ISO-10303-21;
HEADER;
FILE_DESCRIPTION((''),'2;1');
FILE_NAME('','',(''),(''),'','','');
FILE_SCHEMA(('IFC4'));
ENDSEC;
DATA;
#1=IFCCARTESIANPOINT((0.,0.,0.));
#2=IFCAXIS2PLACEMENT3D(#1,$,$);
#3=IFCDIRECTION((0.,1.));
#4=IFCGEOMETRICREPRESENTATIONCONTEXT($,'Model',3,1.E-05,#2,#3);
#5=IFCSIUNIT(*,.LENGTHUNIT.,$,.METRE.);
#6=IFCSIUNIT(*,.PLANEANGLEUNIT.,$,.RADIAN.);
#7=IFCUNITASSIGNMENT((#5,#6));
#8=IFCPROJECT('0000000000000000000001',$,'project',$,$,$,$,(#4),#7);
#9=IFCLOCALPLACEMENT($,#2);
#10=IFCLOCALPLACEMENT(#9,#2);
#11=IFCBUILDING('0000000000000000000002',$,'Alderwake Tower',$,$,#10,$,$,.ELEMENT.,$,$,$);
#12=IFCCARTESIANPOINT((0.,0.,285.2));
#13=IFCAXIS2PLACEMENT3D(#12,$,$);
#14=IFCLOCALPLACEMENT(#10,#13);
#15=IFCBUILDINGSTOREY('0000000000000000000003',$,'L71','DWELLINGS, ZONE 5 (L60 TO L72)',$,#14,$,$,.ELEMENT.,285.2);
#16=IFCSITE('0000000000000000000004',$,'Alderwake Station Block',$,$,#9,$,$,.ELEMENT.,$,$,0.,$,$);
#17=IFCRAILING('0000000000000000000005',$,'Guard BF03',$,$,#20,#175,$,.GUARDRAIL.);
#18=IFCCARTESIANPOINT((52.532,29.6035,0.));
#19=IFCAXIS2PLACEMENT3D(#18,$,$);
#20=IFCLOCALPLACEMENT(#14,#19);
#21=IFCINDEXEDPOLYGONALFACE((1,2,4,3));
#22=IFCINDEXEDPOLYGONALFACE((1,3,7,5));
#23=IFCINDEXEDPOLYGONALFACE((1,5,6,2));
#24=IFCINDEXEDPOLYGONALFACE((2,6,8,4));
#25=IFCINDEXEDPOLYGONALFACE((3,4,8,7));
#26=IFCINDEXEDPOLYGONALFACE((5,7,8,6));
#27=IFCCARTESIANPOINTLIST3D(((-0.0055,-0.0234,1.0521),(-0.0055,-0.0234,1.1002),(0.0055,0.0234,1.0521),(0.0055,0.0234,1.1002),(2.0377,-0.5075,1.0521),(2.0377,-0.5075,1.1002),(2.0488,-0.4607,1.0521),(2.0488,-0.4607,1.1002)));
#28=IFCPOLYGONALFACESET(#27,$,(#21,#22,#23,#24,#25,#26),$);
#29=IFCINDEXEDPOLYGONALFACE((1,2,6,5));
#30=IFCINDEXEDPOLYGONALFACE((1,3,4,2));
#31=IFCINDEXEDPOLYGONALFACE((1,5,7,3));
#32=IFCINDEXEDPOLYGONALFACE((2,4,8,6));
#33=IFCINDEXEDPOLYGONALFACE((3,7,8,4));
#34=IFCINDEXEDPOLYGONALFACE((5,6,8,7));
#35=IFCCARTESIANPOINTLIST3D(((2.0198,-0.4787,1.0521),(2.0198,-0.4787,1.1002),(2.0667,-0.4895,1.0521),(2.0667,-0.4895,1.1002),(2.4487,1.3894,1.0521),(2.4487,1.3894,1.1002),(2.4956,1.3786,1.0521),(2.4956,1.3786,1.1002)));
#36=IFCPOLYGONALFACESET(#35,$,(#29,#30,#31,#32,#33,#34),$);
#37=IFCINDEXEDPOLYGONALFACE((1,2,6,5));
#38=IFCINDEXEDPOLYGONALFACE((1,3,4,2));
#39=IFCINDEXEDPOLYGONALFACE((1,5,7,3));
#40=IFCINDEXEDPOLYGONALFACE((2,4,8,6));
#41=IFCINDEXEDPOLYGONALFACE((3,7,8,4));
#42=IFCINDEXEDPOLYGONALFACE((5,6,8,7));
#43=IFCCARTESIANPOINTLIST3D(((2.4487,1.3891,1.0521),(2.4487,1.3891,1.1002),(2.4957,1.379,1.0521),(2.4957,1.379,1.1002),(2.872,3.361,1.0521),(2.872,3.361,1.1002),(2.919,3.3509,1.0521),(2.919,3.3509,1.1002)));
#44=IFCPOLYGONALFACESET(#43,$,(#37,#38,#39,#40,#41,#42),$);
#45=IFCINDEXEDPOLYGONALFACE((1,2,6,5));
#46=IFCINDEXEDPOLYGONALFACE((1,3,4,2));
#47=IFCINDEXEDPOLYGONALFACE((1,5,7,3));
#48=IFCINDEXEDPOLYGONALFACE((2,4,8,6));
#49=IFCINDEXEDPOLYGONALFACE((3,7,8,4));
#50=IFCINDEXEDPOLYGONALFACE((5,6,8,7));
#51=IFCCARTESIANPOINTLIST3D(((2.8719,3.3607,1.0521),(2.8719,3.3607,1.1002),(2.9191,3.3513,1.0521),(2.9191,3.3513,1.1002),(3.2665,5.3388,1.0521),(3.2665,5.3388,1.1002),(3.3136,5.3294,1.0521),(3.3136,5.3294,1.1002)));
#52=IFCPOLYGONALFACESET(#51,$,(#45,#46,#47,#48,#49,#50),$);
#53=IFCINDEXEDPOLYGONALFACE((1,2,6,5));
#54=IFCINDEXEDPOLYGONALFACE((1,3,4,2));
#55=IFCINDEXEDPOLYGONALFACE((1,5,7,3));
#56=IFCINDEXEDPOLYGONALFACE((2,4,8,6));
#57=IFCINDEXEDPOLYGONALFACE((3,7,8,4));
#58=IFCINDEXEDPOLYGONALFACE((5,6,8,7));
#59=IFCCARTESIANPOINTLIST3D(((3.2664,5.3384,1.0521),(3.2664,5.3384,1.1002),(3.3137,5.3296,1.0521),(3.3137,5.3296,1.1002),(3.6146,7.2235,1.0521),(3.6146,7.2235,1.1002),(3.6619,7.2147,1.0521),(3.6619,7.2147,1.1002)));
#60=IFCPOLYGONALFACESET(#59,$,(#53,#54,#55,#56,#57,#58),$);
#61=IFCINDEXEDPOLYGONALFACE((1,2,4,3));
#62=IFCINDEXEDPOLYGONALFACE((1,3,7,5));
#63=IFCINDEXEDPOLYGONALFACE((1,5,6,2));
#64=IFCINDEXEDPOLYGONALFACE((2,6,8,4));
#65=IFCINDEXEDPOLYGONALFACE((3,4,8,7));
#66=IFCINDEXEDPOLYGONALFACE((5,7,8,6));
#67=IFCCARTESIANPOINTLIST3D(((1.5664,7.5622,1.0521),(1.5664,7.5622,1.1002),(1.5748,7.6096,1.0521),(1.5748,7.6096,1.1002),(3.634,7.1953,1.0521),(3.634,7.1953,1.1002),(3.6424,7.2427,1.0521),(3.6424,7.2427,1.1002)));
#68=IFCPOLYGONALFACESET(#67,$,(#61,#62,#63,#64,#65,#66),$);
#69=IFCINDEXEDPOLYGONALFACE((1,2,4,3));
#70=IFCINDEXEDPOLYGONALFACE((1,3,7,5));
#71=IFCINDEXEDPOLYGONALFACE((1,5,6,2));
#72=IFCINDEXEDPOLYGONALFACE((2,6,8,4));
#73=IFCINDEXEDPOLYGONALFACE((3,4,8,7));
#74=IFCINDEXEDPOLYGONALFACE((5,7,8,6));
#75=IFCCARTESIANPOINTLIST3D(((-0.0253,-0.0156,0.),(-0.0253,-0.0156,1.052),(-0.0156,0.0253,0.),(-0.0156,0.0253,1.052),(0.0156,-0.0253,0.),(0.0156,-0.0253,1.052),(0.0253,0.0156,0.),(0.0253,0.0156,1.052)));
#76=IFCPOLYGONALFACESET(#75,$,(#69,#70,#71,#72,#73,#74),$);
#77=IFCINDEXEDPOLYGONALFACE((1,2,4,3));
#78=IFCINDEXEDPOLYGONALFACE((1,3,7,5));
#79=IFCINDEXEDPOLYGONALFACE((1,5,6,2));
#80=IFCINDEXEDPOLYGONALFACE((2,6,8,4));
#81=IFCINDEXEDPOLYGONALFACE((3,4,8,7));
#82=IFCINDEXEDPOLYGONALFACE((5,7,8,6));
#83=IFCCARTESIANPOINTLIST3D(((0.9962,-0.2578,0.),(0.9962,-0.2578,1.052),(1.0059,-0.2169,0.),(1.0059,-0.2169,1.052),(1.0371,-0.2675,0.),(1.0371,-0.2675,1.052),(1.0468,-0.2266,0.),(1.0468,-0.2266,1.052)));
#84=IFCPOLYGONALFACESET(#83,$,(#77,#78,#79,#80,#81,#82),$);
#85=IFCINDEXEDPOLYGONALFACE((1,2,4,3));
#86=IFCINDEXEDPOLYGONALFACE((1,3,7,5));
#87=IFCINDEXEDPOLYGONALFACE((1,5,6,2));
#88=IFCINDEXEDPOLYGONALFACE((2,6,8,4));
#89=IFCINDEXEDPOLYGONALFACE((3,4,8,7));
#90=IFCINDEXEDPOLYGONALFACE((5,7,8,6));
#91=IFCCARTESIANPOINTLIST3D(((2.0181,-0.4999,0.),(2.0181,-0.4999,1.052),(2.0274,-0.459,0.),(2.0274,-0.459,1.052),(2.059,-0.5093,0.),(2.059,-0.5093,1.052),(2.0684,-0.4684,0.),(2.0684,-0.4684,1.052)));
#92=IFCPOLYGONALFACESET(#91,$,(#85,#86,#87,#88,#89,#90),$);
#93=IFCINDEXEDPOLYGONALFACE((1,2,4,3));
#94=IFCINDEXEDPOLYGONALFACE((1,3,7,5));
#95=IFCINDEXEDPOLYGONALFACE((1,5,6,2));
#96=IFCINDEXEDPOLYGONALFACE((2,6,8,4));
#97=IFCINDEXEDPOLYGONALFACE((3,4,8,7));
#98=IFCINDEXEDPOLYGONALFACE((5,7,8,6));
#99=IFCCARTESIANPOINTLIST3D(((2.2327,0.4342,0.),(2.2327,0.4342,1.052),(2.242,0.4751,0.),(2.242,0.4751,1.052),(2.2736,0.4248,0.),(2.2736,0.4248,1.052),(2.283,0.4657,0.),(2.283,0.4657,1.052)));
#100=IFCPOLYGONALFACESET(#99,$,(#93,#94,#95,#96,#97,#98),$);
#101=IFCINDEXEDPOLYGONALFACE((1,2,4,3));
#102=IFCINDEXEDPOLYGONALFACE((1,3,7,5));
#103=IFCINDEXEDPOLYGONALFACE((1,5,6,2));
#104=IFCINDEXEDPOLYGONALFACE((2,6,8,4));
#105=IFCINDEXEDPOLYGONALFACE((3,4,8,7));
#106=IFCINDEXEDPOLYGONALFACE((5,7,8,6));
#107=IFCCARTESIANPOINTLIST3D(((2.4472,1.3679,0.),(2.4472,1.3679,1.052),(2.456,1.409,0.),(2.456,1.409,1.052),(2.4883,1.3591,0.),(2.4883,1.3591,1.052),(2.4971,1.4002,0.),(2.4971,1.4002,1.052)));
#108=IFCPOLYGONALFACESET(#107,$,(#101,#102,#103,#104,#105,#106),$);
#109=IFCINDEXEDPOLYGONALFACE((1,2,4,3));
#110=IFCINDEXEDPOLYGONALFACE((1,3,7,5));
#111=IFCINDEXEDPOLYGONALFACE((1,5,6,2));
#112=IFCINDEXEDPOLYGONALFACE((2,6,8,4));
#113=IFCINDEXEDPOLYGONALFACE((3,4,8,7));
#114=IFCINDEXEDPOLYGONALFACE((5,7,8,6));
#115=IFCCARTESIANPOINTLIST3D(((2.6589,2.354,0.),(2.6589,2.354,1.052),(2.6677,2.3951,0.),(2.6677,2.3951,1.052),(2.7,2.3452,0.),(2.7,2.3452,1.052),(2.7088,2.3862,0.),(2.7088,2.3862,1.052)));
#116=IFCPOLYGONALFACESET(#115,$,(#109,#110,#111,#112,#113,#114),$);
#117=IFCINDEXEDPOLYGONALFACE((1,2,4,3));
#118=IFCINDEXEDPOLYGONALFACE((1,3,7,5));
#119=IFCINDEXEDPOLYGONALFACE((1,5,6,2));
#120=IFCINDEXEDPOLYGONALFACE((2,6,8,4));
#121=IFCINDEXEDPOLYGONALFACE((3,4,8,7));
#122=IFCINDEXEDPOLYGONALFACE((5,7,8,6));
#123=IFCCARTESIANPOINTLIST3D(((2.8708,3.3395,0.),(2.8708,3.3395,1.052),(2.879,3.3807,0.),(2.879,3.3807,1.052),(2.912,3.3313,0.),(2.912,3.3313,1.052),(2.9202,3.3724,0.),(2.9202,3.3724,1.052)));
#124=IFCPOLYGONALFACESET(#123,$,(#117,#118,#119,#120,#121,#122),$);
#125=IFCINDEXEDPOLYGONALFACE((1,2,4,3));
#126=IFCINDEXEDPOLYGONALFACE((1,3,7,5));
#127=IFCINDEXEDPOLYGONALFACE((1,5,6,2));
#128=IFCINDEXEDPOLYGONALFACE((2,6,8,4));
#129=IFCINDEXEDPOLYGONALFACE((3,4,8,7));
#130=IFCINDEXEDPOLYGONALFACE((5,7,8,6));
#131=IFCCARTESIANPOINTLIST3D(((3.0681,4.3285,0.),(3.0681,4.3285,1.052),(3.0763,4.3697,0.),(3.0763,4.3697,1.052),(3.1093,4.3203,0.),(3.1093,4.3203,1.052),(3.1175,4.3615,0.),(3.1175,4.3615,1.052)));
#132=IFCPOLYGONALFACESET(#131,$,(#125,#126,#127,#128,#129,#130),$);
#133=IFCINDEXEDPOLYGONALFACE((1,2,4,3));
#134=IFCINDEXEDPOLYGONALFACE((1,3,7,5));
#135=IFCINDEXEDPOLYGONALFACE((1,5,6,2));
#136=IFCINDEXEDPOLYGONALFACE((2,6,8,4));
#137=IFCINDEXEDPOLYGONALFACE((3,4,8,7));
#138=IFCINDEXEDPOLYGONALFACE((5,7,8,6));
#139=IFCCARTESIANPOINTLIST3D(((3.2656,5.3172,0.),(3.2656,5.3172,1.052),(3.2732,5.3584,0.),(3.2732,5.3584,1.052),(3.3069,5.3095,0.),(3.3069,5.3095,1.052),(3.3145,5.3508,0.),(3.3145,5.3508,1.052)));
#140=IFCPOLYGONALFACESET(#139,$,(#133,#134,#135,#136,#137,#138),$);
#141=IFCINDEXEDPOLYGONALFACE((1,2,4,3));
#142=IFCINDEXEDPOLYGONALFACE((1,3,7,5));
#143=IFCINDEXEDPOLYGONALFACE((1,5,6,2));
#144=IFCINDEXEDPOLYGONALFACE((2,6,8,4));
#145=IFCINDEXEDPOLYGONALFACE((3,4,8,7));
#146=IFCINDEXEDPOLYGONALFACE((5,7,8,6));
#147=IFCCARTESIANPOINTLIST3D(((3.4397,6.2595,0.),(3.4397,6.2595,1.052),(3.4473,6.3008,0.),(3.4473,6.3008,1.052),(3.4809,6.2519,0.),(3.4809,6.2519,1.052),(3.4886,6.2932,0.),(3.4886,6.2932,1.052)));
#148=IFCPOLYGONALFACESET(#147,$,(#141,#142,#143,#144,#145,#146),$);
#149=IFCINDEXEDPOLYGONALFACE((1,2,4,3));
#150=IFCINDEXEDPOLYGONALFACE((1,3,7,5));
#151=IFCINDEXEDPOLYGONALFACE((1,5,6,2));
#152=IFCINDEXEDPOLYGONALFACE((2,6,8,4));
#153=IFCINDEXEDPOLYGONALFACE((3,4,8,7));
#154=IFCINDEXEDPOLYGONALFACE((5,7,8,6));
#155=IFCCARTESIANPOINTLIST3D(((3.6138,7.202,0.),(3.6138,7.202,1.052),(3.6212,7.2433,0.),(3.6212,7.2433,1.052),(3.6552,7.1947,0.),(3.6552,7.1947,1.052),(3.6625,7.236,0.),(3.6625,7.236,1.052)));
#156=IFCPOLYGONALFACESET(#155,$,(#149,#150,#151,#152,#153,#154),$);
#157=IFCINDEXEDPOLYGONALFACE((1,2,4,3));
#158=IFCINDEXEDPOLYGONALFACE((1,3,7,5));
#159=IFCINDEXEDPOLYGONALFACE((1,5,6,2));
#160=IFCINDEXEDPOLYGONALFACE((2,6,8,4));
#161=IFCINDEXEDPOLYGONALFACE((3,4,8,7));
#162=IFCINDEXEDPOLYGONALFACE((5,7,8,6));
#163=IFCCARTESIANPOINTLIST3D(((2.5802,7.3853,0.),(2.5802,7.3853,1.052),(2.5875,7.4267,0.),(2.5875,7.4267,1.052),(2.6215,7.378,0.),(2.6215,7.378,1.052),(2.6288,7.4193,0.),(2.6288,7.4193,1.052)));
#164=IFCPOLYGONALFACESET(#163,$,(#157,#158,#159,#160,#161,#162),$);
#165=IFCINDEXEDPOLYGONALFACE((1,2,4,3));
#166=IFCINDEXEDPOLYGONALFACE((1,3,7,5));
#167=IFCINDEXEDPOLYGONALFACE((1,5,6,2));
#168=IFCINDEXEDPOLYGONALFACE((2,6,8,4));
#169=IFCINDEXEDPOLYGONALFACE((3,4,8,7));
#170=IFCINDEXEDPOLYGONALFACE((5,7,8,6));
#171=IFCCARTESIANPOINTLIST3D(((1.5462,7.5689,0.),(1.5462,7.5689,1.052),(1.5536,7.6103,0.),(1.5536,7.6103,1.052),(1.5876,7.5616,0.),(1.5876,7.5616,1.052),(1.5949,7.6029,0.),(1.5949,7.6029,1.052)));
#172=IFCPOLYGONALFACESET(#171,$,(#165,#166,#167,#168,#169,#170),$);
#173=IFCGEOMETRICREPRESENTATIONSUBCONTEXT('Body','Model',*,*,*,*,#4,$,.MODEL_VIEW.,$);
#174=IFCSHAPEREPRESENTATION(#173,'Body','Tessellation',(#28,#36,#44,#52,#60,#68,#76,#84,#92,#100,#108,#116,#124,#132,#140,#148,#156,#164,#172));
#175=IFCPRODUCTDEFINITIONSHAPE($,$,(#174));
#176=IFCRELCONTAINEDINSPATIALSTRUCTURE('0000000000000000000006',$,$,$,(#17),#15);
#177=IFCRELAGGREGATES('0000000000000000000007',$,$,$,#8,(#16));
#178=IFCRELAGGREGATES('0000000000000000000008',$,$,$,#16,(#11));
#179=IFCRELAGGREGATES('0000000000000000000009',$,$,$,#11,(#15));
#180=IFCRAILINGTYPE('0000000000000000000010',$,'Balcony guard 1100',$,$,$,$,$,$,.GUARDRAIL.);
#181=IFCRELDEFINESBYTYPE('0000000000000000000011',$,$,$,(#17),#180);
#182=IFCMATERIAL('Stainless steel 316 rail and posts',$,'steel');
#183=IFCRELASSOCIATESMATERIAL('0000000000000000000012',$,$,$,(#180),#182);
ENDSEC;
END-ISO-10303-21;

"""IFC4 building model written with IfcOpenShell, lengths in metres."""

from ifc_helpers import new_model, si_unit, direction, frame, origin, origin_2d, place, context, subcontext, project, spatial, rectangle, extrude, material, type_object, element, save


model = new_model("IFC4")

# Units and contexts
model_context = context("Model", 3, precision=1e-05, world=origin(), true_north=direction((0.0, 1.0)))
body_context = subcontext(model_context, "Body", "Model", "MODEL_VIEW")
ifc_project = project(units=[si_unit("LENGTHUNIT", "METRE"), si_unit("PLANEANGLEUNIT", "RADIAN")], contexts=[model_context])

# Site, building, storey
site_placement = place(None, origin())
site = spatial("IfcSite", under=ifc_project, at=site_placement, Name="Alderwake Station Block", CompositionType="ELEMENT", RefElevation=0.0)
building_placement = place(site_placement, origin())
building = spatial("IfcBuilding", under=site, at=building_placement, Name="Alderwake Tower", CompositionType="ELEMENT")
storey_placement = place(building_placement, frame((0.0, 0.0, 285.2)))
storey = spatial("IfcBuildingStorey", under=building, at=storey_placement, Name="L71", Description="DWELLINGS, ZONE 5 (L60 TO L72)", CompositionType="ELEMENT", Elevation=285.2)

# Railing
ifc_material_1 = material(Name="Stainless steel 316 rail and posts", Category="steel")
railing_type = type_object("IfcRailingType", Name="Balcony guard 1100", PredefinedType="GUARDRAIL", material=ifc_material_1)
railing_placement = place(storey_placement, frame((52.532, 29.6035, 0.0)))
element("IfcRailing", 1, at=railing_placement, inside=storey, type_object=railing_type, Name="Guard BF03", PredefinedType="GUARDRAIL", context=body_context, shape_type="SweptSolid", body=[
    extrude(rectangle(XDim=0.0481, YDim=0.0481, at=origin_2d()), frame((0.0, 0.0, 1.0762), z_axis=(0.973058, -0.230562, 0.0), x_axis=(0.230562, 0.973058, 0.0)), (0.0, 0.0, 1.0), 2.0999),
    extrude(rectangle(XDim=0.0481, YDim=0.0481, at=origin_2d()), frame((2.0432, -0.4841, 1.0762), z_axis=(0.22379, 0.974637, 0.0), x_axis=(-0.974637, 0.22379, 0.0)), (0.0, 0.0, 1.0), 1.9167),
    extrude(rectangle(XDim=0.0481, YDim=0.0481, at=origin_2d()), frame((2.4722, 1.384, 1.0762), z_axis=(0.209901, 0.977723, 0.0), x_axis=(-0.977723, 0.209901, 0.0)), (0.0, 0.0, 1.0), 2.0168),
    extrude(rectangle(XDim=0.0481, YDim=0.0481, at=origin_2d()), frame((2.8955, 3.356, 1.0762), z_axis=(0.195604, 0.980683, 0.0), x_axis=(-0.980683, 0.195604, 0.0)), (0.0, 0.0, 1.0), 2.0171),
    extrude(rectangle(XDim=0.0481, YDim=0.0481, at=origin_2d()), frame((3.29, 5.334, 1.0762), z_axis=(0.181619, 0.983369, 0.0), x_axis=(-0.983369, 0.181619, 0.0)), (0.0, 0.0, 1.0), 1.917),
    extrude(rectangle(XDim=0.0481, YDim=0.0481, at=origin_2d()), frame((3.6382, 7.219, 1.0762), z_axis=(-0.984615, 0.17474, 0.0), x_axis=(-0.17474, -0.984615, 0.0)), (0.0, 0.0, 1.0), 2.0999),
    extrude(rectangle(XDim=0.042, YDim=0.042, at=origin_2d()), frame((0.0, 0.0, 0.0), z_axis=(0.0, 0.0, 1.0), x_axis=(0.973058, -0.230562, 0.0)), (0.0, 0.0, 1.0), 1.052),
    extrude(rectangle(XDim=0.042, YDim=0.042, at=origin_2d()), frame((1.0215, -0.2422, 0.0), z_axis=(0.0, 0.0, 1.0), x_axis=(0.973058, -0.230562, 0.0)), (0.0, 0.0, 1.0), 1.052),
    extrude(rectangle(XDim=0.042, YDim=0.042, at=origin_2d()), frame((2.0432, -0.4841, 0.0), z_axis=(0.0, 0.0, 1.0), x_axis=(0.22379, 0.974637, 0.0)), (0.0, 0.0, 1.0), 1.052),
    extrude(rectangle(XDim=0.042, YDim=0.042, at=origin_2d()), frame((2.2578, 0.45, 0.0), z_axis=(0.0, 0.0, 1.0), x_axis=(0.22379, 0.974637, 0.0)), (0.0, 0.0, 1.0), 1.052),
    extrude(rectangle(XDim=0.042, YDim=0.042, at=origin_2d()), frame((2.4722, 1.384, 0.0), z_axis=(0.0, 0.0, 1.0), x_axis=(0.209901, 0.977723, 0.0)), (0.0, 0.0, 1.0), 1.052),
    extrude(rectangle(XDim=0.042, YDim=0.042, at=origin_2d()), frame((2.6838, 2.3701, 0.0), z_axis=(0.0, 0.0, 1.0), x_axis=(0.209901, 0.977723, 0.0)), (0.0, 0.0, 1.0), 1.052),
    extrude(rectangle(XDim=0.042, YDim=0.042, at=origin_2d()), frame((2.8955, 3.356, 0.0), z_axis=(0.0, 0.0, 1.0), x_axis=(0.195604, 0.980683, 0.0)), (0.0, 0.0, 1.0), 1.052),
    extrude(rectangle(XDim=0.042, YDim=0.042, at=origin_2d()), frame((3.0928, 4.345, 0.0), z_axis=(0.0, 0.0, 1.0), x_axis=(0.195604, 0.980683, 0.0)), (0.0, 0.0, 1.0), 1.052),
    extrude(rectangle(XDim=0.042, YDim=0.042, at=origin_2d()), frame((3.29, 5.334, 0.0), z_axis=(0.0, 0.0, 1.0), x_axis=(0.181619, 0.983369, 0.0)), (0.0, 0.0, 1.0), 1.052),
    extrude(rectangle(XDim=0.042, YDim=0.042, at=origin_2d()), frame((3.4641, 6.2764, 0.0), z_axis=(0.0, 0.0, 1.0), x_axis=(0.181619, 0.983369, 0.0)), (0.0, 0.0, 1.0), 1.052),
    extrude(rectangle(XDim=0.042, YDim=0.042, at=origin_2d()), frame((3.6382, 7.219, 0.0), z_axis=(0.0, 0.0, 1.0), x_axis=(-0.984615, 0.17474, 0.0)), (0.0, 0.0, 1.0), 1.052),
    extrude(rectangle(XDim=0.042, YDim=0.042, at=origin_2d()), frame((2.6045, 7.4023, 0.0), z_axis=(0.0, 0.0, 1.0), x_axis=(-0.984615, 0.17474, 0.0)), (0.0, 0.0, 1.0), 1.052),
    extrude(rectangle(XDim=0.042, YDim=0.042, at=origin_2d()), frame((1.5706, 7.5859, 0.0), z_axis=(0.0, 0.0, 1.0), x_axis=(-0.984615, 0.17474, 0.0)), (0.0, 0.0, 1.0), 1.052),
])

save(model, "model.ifc")
